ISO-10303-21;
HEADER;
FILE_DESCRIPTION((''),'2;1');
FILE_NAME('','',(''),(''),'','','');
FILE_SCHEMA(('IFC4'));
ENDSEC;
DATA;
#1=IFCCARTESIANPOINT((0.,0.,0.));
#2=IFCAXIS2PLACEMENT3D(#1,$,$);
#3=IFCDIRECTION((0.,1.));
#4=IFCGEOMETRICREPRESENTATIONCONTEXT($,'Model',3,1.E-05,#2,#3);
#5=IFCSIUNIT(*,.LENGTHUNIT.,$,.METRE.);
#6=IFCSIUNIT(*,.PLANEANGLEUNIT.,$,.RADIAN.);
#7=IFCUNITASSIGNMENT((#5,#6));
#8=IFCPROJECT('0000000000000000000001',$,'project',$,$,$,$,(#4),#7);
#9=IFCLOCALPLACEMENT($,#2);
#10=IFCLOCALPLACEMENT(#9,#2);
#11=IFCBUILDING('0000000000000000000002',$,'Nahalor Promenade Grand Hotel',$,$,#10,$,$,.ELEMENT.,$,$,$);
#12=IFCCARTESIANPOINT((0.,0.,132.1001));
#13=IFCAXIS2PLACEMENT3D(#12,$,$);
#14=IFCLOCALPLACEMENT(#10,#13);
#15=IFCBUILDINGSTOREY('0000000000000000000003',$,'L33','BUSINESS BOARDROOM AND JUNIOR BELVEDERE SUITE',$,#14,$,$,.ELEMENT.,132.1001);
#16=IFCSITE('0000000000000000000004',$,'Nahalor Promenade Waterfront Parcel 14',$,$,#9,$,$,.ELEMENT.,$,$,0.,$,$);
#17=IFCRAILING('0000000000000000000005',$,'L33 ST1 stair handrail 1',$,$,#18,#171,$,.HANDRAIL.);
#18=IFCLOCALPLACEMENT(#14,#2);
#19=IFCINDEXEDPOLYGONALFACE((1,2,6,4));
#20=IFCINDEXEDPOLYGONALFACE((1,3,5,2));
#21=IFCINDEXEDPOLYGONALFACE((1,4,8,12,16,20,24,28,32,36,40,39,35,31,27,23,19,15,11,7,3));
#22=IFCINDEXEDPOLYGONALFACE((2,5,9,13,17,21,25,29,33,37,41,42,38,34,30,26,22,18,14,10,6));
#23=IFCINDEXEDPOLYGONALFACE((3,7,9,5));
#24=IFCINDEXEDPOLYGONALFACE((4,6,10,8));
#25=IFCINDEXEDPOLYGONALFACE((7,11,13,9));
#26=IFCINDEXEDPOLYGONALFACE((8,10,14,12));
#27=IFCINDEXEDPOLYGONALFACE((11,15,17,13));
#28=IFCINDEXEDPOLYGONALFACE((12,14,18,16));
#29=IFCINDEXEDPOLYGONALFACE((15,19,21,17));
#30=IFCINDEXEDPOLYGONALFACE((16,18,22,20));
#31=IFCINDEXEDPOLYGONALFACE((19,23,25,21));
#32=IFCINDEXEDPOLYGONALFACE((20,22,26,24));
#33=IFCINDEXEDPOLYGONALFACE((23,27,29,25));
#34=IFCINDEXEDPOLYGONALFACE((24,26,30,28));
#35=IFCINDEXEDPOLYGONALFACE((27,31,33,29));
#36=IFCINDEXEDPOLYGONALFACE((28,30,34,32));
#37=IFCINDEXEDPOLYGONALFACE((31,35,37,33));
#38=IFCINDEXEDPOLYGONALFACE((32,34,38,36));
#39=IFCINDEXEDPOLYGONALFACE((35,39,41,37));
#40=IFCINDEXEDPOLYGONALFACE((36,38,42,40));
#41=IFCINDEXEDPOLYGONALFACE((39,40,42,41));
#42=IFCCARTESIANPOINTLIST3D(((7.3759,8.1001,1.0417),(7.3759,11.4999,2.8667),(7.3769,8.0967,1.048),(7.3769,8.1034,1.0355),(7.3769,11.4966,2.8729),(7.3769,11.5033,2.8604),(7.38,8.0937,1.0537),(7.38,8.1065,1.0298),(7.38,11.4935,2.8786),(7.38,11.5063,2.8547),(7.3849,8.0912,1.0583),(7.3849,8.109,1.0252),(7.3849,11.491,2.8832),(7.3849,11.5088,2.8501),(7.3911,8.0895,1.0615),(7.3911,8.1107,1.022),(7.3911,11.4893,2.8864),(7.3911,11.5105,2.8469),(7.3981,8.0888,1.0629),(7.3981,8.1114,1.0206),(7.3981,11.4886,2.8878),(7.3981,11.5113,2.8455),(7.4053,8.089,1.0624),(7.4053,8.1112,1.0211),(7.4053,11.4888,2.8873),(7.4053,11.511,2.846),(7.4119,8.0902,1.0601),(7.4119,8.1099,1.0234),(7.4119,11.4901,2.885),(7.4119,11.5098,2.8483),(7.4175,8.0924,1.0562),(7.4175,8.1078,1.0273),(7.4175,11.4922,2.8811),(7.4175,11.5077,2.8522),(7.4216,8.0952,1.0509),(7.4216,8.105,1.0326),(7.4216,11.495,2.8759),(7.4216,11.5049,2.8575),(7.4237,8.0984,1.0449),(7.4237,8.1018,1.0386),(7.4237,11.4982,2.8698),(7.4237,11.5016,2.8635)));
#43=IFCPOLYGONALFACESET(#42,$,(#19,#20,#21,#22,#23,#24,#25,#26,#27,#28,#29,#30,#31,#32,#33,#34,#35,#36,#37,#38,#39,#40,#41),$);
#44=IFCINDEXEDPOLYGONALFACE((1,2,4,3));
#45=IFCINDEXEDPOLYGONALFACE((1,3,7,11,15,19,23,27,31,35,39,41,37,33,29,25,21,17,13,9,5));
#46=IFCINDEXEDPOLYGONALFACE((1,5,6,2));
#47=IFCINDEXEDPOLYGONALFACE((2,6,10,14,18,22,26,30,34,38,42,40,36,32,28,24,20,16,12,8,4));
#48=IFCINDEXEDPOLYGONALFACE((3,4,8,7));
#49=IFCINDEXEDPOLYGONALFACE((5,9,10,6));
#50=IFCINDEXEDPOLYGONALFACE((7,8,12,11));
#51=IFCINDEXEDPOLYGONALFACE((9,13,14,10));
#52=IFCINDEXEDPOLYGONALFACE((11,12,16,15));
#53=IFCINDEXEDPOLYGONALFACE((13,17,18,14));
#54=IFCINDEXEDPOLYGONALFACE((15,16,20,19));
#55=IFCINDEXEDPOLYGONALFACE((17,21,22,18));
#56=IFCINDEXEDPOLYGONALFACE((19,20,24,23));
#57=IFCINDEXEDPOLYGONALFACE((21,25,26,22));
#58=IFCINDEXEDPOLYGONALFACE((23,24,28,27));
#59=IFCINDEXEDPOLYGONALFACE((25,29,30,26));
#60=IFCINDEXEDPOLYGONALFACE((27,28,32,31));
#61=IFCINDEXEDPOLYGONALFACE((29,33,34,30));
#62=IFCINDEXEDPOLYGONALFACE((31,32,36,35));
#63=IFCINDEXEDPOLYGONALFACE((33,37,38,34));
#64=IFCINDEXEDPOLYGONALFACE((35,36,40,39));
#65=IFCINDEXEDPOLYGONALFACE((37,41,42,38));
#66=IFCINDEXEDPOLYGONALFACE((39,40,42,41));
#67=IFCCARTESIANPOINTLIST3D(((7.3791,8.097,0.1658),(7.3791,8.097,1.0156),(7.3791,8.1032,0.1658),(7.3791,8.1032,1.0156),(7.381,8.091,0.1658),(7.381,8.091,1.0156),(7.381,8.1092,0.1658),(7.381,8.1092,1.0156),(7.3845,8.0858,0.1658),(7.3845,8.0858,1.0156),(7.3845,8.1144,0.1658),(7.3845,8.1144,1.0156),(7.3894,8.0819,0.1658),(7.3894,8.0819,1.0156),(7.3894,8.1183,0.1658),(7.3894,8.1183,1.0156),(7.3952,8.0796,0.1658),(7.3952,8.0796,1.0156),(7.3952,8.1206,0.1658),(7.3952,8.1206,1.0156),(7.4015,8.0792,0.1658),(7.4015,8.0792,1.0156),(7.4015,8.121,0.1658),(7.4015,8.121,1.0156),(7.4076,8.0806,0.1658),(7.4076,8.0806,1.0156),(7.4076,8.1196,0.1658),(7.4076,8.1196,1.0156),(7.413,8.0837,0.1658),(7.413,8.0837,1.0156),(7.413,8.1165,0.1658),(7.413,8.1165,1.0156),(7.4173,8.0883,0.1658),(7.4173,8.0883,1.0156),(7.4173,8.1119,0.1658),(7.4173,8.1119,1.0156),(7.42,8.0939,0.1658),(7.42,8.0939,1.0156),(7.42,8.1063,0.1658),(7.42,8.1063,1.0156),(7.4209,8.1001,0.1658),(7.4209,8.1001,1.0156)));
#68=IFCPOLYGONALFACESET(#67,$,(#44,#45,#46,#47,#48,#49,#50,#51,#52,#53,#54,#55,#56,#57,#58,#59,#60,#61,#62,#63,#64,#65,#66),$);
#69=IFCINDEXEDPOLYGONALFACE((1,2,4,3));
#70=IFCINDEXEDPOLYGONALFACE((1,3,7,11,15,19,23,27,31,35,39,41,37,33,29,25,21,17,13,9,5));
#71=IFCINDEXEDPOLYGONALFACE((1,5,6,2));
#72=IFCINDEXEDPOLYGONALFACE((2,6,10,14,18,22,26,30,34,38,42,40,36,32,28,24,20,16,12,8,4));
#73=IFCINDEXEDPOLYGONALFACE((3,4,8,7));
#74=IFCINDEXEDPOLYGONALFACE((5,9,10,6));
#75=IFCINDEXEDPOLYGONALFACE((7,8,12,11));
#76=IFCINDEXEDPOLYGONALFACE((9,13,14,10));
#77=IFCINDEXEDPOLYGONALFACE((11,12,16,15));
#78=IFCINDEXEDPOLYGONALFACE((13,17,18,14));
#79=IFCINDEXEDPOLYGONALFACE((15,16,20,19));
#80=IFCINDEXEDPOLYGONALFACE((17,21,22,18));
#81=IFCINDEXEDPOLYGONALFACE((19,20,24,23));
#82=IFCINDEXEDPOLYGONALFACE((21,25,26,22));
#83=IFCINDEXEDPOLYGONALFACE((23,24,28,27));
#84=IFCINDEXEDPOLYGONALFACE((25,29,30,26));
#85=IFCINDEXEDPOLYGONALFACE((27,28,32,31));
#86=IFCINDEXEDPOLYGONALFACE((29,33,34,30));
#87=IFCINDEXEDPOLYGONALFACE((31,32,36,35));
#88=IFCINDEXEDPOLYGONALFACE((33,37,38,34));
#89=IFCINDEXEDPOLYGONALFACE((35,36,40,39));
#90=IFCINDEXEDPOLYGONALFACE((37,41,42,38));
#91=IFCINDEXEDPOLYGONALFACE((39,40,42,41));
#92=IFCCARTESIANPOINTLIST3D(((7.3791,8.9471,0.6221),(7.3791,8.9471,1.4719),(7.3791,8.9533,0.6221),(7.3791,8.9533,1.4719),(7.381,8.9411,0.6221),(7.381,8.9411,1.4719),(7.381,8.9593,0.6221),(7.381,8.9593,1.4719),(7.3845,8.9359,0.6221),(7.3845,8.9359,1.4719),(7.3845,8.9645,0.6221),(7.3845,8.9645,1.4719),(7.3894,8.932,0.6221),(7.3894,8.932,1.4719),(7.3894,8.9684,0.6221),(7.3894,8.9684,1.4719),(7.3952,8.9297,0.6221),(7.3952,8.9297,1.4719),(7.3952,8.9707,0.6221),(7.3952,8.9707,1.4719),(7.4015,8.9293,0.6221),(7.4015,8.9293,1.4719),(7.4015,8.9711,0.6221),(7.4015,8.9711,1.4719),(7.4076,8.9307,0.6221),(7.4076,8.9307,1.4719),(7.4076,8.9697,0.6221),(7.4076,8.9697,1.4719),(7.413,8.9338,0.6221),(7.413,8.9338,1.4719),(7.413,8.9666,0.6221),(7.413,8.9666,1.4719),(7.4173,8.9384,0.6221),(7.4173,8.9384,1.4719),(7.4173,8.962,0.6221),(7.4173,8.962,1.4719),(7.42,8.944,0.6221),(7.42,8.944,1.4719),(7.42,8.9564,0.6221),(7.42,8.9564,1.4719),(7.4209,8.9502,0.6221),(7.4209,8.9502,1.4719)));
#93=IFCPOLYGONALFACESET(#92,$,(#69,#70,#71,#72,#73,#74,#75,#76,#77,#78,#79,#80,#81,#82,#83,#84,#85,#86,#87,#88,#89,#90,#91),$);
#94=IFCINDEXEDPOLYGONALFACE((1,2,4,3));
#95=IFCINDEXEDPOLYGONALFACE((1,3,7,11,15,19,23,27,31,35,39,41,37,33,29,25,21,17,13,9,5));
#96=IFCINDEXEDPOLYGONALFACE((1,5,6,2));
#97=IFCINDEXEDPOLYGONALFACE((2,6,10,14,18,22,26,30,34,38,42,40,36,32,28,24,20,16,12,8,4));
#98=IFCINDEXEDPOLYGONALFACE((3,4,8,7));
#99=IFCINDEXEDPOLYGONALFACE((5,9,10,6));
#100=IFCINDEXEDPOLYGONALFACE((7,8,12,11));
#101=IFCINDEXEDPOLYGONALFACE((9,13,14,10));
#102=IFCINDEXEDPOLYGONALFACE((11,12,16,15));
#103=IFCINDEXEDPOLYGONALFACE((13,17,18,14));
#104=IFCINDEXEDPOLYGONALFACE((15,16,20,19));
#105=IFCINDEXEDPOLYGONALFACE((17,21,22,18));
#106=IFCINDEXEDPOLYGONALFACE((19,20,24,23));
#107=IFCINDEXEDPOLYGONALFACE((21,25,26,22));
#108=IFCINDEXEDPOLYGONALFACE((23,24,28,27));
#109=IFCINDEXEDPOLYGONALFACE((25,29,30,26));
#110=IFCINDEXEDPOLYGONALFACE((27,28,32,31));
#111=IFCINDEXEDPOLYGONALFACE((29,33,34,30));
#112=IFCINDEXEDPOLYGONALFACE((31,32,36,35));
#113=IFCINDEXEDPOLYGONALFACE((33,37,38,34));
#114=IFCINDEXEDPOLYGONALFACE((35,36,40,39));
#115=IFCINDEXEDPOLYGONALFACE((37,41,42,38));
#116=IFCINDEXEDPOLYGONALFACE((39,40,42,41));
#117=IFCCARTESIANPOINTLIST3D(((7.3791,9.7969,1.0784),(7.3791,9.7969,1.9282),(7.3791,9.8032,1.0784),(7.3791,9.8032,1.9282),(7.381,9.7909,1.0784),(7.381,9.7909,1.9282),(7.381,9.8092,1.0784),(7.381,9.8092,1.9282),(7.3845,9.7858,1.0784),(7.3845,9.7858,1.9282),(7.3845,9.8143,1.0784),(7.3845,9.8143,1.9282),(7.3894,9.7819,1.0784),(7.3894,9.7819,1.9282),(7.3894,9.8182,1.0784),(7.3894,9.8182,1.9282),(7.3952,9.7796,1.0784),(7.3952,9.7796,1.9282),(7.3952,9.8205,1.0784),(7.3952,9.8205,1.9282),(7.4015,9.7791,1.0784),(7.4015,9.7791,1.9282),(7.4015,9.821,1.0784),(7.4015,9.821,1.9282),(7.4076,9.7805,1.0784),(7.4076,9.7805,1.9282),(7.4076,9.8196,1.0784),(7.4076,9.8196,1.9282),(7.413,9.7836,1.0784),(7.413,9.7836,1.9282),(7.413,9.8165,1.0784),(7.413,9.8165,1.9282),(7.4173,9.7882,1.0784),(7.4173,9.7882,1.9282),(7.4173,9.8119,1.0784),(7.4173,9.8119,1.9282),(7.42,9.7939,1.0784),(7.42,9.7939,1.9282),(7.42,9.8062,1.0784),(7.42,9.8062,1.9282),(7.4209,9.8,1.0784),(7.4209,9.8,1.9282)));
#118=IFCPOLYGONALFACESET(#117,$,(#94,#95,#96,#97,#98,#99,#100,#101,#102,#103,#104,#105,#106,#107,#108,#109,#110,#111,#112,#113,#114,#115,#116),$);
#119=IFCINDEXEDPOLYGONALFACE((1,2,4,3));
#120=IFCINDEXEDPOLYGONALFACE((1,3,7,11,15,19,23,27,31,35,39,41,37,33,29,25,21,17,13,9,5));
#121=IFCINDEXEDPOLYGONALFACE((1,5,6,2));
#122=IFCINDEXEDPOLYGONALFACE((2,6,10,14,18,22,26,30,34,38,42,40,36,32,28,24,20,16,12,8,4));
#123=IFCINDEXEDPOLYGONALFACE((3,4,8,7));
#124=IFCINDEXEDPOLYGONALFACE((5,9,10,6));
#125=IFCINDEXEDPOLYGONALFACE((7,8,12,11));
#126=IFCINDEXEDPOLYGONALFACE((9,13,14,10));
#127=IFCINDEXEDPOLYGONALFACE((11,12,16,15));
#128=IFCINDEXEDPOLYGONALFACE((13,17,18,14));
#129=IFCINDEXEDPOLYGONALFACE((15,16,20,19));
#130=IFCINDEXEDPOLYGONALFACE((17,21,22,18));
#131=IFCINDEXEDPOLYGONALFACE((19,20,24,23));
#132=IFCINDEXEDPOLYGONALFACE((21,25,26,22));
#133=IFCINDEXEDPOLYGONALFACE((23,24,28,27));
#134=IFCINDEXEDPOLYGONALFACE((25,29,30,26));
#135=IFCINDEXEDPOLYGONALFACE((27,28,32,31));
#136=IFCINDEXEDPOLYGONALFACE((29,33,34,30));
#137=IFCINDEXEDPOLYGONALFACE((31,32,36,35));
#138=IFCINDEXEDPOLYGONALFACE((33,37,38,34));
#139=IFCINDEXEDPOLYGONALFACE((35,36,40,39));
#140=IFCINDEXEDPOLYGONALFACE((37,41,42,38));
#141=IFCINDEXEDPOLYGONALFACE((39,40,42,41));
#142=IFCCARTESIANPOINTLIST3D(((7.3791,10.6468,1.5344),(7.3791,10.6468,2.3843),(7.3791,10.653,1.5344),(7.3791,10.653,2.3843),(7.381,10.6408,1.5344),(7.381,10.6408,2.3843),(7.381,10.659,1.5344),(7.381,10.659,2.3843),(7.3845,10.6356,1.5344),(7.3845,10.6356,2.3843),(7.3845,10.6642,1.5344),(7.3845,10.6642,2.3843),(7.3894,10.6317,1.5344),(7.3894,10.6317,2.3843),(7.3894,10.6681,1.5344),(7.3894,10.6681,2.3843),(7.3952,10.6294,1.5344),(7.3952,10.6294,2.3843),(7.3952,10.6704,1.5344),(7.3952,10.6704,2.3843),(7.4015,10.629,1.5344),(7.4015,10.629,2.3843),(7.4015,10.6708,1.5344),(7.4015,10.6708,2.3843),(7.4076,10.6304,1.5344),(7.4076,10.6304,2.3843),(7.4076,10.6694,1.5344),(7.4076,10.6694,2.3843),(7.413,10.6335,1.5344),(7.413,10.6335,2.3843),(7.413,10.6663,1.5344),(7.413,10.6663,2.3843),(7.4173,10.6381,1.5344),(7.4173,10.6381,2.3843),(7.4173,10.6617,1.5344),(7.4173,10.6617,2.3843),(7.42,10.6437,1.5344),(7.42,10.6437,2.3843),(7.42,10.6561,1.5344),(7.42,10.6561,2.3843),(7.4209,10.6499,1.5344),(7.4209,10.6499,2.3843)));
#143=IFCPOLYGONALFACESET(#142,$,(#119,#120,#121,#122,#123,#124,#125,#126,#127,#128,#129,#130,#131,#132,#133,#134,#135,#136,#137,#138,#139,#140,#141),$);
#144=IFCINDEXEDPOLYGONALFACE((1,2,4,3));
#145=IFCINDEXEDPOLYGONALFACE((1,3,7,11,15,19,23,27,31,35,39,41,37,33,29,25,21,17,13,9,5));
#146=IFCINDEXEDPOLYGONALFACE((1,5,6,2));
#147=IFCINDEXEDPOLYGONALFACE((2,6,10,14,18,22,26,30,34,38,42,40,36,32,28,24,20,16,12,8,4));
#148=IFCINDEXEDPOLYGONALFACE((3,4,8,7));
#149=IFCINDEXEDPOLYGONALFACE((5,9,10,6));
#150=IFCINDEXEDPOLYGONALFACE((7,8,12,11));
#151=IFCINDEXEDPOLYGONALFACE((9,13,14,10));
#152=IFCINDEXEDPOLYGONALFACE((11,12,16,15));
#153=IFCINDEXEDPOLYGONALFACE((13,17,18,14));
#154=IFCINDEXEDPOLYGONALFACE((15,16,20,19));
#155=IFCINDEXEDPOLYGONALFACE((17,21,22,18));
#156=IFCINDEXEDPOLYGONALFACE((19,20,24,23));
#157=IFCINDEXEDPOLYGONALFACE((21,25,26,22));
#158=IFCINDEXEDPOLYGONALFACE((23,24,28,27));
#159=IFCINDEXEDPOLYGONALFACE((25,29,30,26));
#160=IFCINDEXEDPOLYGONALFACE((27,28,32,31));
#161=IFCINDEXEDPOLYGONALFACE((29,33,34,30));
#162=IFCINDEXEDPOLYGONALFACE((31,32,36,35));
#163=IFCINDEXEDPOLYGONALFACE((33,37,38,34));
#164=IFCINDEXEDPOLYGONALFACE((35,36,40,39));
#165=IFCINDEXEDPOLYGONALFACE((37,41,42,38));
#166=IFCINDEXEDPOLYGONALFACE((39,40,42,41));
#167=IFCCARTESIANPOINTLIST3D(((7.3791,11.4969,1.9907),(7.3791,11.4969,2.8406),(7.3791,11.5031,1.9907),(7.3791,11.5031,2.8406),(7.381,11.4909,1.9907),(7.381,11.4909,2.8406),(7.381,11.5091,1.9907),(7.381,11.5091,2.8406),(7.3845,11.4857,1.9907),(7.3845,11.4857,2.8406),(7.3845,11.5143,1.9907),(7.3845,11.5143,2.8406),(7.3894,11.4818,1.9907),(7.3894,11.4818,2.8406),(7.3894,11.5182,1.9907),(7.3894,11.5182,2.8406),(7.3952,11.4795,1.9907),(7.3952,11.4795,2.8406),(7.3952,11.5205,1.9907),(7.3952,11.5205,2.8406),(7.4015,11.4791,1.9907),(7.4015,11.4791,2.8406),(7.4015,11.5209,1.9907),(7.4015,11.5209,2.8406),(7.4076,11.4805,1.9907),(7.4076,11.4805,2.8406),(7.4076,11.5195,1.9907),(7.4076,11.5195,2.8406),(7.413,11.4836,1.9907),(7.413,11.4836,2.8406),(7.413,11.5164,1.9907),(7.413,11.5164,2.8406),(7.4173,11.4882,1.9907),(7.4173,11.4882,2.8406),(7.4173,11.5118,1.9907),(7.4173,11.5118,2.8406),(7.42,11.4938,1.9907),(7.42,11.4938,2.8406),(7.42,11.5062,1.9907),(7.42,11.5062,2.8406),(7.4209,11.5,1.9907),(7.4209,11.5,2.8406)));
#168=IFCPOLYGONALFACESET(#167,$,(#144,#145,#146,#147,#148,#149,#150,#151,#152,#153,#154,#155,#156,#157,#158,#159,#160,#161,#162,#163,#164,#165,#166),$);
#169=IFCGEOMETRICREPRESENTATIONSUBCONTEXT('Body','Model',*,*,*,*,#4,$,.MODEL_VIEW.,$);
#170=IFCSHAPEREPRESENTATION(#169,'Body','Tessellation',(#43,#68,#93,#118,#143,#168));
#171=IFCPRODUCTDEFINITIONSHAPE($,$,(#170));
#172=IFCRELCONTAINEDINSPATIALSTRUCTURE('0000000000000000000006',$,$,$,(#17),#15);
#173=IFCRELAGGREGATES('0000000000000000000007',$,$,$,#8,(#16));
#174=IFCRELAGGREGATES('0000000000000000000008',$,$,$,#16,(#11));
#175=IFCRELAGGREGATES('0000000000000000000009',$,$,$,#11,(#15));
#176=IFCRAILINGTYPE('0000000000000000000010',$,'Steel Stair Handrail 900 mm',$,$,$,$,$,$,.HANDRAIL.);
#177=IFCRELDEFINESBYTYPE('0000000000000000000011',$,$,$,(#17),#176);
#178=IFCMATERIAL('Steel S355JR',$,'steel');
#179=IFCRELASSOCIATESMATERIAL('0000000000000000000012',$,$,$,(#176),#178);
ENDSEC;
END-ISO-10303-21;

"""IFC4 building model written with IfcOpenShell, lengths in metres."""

from ifc_helpers import new_model, si_unit, direction, frame, origin, origin_2d, place, context, subcontext, project, spatial, circle, extrude, material, type_object, element, save


model = new_model("IFC4")

# Units and contexts
model_context = context("Model", 3, precision=1e-05, world=origin(), true_north=direction((0.0, 1.0)))
body_context = subcontext(model_context, "Body", "Model", "MODEL_VIEW")
ifc_project = project(units=[si_unit("LENGTHUNIT", "METRE"), si_unit("PLANEANGLEUNIT", "RADIAN")], contexts=[model_context])

# Site, building, storey
site_placement = place(None, origin())
site = spatial("IfcSite", under=ifc_project, at=site_placement, Name="Nahalor Promenade Waterfront Parcel 14", CompositionType="ELEMENT", RefElevation=0.0)
building_placement = place(site_placement, origin())
building = spatial("IfcBuilding", under=site, at=building_placement, Name="Nahalor Promenade Grand Hotel", CompositionType="ELEMENT")
storey_placement = place(building_placement, frame((0.0, 0.0, 132.1001)))
storey = spatial("IfcBuildingStorey", under=building, at=storey_placement, Name="L33", Description="BUSINESS BOARDROOM AND JUNIOR BELVEDERE SUITE", CompositionType="ELEMENT", Elevation=132.1001)

# Shared definitions
ifc_material_1 = material(Name="Steel S355JR", Category="steel")

# Railing
railing_type_1 = type_object("IfcRailingType", Name="Steel Stair Handrail 900 mm", PredefinedType="HANDRAIL", material=ifc_material_1)
railing_1_placement = place(storey_placement, frame((7.3999, 8.1001, 0.1658)))
element("IfcRailing", 1, at=railing_1_placement, inside=storey, type_object=railing_type_1, Name="L33 ST1 stair handrail 1", PredefinedType="HANDRAIL", context=body_context, shape_type="SweptSolid", body=[
    extrude(circle(Radius=0.024, at=origin_2d()), frame((0.0, 0.0, 0.876), z_axis=(0.0, 0.881094, 0.472941), x_axis=(-1.0, 0.0, 0.0)), (0.0, 0.0, 1.0), 3.8586),
    extrude(circle(Radius=0.021, at=origin_2d()), origin(), (0.0, 0.0, 1.0), 0.8499),
    extrude(circle(Radius=0.021, at=origin_2d()), frame((0.0, 0.8501, 0.4563)), (0.0, 0.0, 1.0), 0.8499),
    extrude(circle(Radius=0.021, at=origin_2d()), frame((0.0, 1.7, 0.9126)), (0.0, 0.0, 1.0), 0.8499),
    extrude(circle(Radius=0.021, at=origin_2d()), frame((0.0, 2.5498, 1.3687)), (0.0, 0.0, 1.0), 0.8499),
    extrude(circle(Radius=0.021, at=origin_2d()), frame((0.0, 3.3999, 1.825)), (0.0, 0.0, 1.0), 0.8499),
])

save(model, "model.ifc")
